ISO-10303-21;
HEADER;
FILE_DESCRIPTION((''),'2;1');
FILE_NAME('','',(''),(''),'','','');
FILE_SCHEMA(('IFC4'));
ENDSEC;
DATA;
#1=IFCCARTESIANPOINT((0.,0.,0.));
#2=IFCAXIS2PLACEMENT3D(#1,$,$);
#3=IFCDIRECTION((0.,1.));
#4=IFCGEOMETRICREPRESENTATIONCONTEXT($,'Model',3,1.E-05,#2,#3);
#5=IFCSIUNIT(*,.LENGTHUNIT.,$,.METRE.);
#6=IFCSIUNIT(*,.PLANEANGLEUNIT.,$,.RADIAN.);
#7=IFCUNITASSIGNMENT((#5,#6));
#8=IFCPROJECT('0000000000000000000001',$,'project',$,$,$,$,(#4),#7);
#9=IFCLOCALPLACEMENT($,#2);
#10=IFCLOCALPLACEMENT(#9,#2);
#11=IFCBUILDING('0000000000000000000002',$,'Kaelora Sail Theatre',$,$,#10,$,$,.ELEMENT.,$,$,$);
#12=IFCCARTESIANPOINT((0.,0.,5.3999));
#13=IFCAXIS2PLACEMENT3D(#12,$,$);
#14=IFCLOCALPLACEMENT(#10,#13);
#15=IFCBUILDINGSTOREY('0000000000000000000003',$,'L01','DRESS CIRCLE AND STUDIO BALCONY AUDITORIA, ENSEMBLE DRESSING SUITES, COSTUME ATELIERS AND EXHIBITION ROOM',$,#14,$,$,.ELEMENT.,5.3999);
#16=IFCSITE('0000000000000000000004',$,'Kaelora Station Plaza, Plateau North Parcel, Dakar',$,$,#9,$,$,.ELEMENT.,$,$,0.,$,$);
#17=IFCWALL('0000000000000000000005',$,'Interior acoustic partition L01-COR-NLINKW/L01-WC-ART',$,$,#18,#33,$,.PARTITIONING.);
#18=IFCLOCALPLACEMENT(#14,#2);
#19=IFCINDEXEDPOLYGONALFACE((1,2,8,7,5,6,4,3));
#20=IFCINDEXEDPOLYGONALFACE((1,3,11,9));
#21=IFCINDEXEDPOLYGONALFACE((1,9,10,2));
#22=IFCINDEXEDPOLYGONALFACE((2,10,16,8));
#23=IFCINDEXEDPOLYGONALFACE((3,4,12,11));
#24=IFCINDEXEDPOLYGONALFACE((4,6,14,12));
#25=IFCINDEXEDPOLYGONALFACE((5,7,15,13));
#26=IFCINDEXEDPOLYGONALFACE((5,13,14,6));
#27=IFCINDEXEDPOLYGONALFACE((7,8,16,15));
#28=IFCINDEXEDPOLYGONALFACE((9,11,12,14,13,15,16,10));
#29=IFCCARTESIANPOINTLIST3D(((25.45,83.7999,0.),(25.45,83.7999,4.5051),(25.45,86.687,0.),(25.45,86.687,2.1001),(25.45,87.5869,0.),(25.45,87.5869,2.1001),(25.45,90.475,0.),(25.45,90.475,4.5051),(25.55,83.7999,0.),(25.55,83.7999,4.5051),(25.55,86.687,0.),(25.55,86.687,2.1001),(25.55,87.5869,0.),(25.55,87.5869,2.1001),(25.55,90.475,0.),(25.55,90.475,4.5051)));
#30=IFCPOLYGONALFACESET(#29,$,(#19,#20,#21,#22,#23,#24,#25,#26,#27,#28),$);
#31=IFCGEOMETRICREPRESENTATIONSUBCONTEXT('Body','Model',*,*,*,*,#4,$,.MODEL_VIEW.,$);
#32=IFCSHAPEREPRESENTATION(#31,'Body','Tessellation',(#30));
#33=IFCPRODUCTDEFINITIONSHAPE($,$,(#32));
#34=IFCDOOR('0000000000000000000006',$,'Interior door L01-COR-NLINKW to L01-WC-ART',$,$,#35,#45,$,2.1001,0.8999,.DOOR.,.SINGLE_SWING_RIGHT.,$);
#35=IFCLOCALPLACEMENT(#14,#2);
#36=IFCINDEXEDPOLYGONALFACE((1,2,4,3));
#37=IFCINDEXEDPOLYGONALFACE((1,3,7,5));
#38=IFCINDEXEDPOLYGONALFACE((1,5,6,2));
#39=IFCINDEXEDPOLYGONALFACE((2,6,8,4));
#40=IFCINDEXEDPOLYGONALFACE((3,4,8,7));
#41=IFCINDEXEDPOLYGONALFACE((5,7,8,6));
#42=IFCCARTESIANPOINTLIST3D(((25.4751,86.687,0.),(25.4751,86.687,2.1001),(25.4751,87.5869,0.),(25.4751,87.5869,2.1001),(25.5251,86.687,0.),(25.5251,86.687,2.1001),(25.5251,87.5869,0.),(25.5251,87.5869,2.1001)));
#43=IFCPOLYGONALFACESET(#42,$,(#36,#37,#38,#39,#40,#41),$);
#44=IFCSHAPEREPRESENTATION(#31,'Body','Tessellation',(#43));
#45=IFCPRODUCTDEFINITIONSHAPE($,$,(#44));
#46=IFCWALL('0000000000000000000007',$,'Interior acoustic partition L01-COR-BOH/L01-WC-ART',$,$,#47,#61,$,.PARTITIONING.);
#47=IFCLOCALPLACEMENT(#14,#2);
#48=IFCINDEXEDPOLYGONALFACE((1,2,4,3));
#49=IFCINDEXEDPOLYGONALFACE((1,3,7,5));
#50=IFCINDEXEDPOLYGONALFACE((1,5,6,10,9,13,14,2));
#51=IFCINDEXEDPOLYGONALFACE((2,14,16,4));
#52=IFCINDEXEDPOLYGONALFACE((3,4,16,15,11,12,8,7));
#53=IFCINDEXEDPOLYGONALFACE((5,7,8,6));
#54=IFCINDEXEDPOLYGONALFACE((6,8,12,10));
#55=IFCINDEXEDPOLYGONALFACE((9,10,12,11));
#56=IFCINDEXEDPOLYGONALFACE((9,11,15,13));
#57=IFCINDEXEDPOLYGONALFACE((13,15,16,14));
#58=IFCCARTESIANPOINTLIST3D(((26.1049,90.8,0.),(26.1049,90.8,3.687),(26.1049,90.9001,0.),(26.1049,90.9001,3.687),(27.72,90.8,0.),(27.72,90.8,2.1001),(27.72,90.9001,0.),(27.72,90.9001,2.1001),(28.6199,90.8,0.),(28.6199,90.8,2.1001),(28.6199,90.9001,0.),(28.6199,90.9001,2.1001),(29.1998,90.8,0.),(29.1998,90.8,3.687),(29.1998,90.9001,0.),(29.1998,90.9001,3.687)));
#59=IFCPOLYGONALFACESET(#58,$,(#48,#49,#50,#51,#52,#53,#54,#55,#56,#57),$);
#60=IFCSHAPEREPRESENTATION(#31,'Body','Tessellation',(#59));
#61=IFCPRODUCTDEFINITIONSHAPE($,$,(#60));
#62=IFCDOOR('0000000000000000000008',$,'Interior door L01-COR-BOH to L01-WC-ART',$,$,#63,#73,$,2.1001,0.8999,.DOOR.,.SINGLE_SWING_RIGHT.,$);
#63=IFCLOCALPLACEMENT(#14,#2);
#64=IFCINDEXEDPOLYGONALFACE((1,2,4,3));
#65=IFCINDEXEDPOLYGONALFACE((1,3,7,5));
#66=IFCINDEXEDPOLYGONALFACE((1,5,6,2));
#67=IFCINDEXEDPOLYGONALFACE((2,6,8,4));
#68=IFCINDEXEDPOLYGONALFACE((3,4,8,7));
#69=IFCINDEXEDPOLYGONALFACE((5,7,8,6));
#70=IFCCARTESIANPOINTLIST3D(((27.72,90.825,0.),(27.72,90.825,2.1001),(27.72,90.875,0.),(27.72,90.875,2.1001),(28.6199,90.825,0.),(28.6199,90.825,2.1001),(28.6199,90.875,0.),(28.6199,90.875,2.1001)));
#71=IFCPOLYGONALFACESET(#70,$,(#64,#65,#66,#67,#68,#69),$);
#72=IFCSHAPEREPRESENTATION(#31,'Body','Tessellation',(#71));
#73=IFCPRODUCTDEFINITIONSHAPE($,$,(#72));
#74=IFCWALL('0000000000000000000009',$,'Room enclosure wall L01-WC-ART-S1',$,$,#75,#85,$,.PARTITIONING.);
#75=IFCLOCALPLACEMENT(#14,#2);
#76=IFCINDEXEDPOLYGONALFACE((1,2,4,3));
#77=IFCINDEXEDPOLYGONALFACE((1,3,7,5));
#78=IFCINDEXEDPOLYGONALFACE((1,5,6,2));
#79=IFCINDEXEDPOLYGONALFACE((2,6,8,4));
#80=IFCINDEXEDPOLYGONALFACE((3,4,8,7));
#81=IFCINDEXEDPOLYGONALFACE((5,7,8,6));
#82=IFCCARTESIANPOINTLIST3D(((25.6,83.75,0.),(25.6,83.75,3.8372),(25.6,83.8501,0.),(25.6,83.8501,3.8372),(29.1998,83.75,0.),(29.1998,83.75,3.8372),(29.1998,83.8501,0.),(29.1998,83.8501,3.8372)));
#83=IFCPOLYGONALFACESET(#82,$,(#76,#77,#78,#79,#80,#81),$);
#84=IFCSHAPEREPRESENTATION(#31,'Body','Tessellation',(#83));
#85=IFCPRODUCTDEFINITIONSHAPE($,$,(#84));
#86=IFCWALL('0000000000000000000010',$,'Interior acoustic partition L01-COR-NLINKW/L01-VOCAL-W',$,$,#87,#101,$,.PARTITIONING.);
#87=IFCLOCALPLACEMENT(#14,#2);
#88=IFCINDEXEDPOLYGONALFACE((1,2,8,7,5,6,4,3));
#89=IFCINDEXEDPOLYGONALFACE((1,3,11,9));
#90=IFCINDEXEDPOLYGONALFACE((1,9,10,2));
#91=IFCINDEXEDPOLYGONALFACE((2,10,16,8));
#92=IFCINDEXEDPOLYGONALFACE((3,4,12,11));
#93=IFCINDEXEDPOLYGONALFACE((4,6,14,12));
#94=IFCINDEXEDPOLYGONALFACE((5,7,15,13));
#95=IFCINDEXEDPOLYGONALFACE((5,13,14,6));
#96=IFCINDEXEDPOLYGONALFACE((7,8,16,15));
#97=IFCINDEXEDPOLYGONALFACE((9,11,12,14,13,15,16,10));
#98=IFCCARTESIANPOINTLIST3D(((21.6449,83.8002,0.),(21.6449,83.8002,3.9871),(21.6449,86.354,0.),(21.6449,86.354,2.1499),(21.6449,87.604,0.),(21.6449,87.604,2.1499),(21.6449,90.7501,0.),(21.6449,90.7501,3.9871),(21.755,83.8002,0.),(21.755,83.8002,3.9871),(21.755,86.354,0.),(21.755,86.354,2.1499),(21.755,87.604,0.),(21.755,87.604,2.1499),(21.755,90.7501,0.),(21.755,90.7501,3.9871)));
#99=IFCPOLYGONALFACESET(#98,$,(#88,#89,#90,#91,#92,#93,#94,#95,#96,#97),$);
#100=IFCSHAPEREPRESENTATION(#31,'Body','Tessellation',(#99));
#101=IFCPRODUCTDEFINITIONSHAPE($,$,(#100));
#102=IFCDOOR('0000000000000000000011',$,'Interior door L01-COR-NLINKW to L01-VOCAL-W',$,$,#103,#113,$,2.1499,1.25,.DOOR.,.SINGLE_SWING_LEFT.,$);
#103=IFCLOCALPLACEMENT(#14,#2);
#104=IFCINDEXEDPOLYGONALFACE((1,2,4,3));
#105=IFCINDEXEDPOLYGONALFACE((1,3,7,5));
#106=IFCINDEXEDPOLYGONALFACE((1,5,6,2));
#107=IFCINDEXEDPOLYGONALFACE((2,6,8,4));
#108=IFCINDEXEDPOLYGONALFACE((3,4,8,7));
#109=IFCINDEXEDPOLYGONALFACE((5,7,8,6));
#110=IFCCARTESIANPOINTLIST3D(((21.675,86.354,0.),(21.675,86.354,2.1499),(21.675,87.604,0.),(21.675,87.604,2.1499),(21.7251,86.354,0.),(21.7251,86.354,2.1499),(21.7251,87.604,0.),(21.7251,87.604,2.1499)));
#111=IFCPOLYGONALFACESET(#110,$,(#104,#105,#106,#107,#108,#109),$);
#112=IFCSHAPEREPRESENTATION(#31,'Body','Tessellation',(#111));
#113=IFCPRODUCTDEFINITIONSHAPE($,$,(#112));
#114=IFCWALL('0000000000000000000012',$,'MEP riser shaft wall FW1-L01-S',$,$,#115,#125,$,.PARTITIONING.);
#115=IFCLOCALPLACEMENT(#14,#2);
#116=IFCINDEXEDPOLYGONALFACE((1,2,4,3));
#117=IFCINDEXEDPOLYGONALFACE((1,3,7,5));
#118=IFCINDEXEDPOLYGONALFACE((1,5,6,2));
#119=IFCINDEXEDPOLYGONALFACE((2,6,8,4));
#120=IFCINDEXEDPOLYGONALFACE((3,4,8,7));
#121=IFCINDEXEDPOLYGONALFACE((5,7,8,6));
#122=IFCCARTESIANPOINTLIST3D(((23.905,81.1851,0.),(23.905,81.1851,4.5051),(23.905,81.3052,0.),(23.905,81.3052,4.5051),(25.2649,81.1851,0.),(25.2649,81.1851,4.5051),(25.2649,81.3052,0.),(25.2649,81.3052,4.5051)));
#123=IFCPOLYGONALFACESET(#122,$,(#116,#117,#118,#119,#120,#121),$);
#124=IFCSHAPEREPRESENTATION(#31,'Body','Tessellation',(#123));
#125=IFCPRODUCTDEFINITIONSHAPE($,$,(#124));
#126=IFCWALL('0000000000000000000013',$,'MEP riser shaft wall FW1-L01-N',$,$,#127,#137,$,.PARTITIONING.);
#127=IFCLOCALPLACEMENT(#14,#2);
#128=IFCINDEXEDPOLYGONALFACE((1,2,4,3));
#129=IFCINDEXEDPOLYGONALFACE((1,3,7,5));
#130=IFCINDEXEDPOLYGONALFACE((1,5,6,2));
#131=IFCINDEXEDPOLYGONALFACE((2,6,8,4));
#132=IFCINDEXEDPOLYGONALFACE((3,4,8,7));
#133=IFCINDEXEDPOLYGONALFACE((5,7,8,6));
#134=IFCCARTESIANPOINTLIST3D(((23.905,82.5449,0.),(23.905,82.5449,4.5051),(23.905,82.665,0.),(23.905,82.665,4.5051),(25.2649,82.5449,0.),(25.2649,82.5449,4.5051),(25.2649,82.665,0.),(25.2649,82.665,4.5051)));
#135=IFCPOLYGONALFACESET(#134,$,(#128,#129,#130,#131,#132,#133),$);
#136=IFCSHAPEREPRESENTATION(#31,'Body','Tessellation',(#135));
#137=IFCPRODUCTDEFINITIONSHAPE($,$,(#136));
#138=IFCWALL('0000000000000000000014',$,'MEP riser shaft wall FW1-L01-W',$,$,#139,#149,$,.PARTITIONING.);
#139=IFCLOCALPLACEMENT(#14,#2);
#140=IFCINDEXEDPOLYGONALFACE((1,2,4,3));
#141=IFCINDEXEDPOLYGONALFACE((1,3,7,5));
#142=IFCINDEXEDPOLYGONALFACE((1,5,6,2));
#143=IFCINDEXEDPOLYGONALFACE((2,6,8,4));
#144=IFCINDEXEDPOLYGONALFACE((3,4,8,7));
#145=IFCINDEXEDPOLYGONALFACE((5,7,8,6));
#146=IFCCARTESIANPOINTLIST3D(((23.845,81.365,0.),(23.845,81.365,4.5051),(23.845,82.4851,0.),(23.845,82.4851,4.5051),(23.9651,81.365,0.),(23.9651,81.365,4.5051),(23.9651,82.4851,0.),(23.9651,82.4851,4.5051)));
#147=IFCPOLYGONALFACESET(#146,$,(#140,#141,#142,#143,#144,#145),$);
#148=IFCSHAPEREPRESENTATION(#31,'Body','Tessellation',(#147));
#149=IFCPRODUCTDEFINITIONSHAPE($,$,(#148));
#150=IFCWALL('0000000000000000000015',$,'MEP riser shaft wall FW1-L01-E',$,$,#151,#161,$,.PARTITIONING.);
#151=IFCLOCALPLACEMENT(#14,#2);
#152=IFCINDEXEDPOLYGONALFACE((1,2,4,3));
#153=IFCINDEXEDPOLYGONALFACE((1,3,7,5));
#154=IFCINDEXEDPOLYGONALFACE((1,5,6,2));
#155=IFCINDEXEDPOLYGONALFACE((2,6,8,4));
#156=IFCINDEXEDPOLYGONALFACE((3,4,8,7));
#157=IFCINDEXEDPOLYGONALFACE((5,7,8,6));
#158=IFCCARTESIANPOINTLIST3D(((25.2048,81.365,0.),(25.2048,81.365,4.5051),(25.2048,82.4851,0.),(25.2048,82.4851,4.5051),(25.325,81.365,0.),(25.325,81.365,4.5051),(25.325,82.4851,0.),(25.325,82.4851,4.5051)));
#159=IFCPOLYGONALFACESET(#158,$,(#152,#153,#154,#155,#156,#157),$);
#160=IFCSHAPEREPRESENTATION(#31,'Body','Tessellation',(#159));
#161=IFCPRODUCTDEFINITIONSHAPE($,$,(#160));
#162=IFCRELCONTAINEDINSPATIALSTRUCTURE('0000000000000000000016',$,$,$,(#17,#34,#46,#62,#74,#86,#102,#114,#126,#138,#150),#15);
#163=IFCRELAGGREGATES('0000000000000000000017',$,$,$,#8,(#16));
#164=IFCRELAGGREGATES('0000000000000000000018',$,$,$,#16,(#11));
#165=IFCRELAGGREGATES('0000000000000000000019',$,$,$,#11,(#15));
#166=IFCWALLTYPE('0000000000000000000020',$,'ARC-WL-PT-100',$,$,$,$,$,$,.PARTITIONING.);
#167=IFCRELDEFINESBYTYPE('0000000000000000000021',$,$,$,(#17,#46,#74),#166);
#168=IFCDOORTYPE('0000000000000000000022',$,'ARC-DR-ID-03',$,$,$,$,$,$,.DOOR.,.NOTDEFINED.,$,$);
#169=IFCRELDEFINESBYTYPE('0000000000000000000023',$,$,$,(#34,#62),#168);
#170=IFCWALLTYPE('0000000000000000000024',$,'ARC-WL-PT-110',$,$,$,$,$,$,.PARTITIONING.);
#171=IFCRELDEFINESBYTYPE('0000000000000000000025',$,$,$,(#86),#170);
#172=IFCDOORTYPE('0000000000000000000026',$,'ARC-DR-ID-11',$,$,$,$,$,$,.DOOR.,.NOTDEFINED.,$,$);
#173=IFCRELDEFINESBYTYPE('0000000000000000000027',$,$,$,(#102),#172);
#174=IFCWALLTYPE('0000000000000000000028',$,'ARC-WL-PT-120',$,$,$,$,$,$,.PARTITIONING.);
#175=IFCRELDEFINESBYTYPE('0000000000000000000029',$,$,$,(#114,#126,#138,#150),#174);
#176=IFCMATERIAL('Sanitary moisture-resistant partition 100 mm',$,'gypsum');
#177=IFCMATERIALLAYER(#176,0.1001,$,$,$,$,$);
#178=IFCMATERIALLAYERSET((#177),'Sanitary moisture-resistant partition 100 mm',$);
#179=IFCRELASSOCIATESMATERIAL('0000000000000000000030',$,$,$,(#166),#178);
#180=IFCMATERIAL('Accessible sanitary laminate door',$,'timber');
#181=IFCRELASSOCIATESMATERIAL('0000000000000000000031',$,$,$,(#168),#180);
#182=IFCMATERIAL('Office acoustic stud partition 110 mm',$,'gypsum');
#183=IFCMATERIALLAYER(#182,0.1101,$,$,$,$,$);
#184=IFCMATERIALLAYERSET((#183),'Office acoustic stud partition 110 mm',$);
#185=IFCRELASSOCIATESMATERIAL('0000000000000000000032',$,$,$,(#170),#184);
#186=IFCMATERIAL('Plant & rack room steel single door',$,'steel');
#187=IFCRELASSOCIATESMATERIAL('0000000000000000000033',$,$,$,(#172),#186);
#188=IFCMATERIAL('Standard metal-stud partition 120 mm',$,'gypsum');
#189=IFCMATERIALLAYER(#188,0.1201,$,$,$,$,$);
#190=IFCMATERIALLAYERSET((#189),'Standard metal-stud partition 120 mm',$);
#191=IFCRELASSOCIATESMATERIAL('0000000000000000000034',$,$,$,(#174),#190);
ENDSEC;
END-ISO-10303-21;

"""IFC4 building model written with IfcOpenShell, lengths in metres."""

from ifc_helpers import new_model, si_unit, direction, frame, frame_2d, origin, place, context, subcontext, project, spatial, rectangle, extrude, material, layer, layer_set, type_object, element, fill, save


model = new_model("IFC4")

# Units and contexts
model_context = context("Model", 3, precision=1e-05, world=origin(), true_north=direction((0.0, 1.0)))
body_context = subcontext(model_context, "Body", "Model", "MODEL_VIEW")
ifc_project = project(units=[si_unit("LENGTHUNIT", "METRE"), si_unit("PLANEANGLEUNIT", "RADIAN")], contexts=[model_context])

# Site, building, storey
site_placement = place(None, origin())
site = spatial("IfcSite", under=ifc_project, at=site_placement, Name="Kaelora Station Plaza, Plateau North Parcel, Dakar", CompositionType="ELEMENT", RefElevation=0.0)
building_placement = place(site_placement, origin())
building = spatial("IfcBuilding", under=site, at=building_placement, Name="Kaelora Sail Theatre", CompositionType="ELEMENT")
storey_placement = place(building_placement, frame((0.0, 0.0, 5.3999)))
storey = spatial("IfcBuildingStorey", under=building, at=storey_placement, Name="L01", Description="DRESS CIRCLE AND STUDIO BALCONY AUDITORIA, ENSEMBLE DRESSING SUITES, COSTUME ATELIERS AND EXHIBITION ROOM", CompositionType="ELEMENT", Elevation=5.3999)

# Walls, openings, doors
ifc_material_1 = material(Name="Sanitary moisture-resistant partition 100 mm", Category="gypsum")
ifc_layer_1 = layer(ifc_material_1, 0.1001)
ifc_layer_set_1 = layer_set([ifc_layer_1], Name="Sanitary moisture-resistant partition 100 mm")
wall_type_1 = type_object("IfcWallType", Name="ARC-WL-PT-100", PredefinedType="PARTITIONING", material=ifc_layer_set_1)
wall_1_placement = place(storey_placement, frame((25.5, 83.8, 0.0), z_axis=(0.0, 0.0, 1.0), x_axis=(0.0, 1.0, 0.0)))
wall_1 = element("IfcWall", 1, at=wall_1_placement, inside=storey, type_object=wall_type_1, Name="Interior acoustic partition L01-COR-NLINKW/L01-WC-ART", PredefinedType="PARTITIONING", context=body_context, shape_type="SweptSolid", body=[
    extrude(rectangle(XDim=6.675, YDim=0.1001, at=frame_2d((3.3374, 0.0))), origin(), (0.0, 0.0, 1.0), 4.5051),
])
opening_1_placement = place(wall_1_placement, frame((2.887, 0.0, 0.0)))
opening_1 = element("IfcOpeningElement", 2, at=opening_1_placement, cuts=wall_1, PredefinedType="OPENING", context=body_context, shape_type="SweptSolid", body=[
    extrude(rectangle(XDim=0.8999, YDim=2.1001, at=frame_2d((0.45, 1.05))), frame((0.0, 0.06, 0.0), z_axis=(0.0, -1.0, 0.0), x_axis=(1.0, 0.0, 0.0)), (0.0, 0.0, 1.0), 0.1201),
])
ifc_material_2 = material(Name="Accessible sanitary laminate door", Category="timber")
door_type_1 = type_object("IfcDoorType", Name="ARC-DR-ID-03", OperationType="NOTDEFINED", PredefinedType="DOOR", material=ifc_material_2)
door_1_placement = place(opening_1_placement, origin())
door_1 = element("IfcDoor", 3, at=door_1_placement, inside=storey, type_object=door_type_1, Name="Interior door L01-COR-NLINKW to L01-WC-ART", OperationType="SINGLE_SWING_RIGHT", OverallHeight=2.1001, OverallWidth=0.8999, PredefinedType="DOOR", context=body_context, shape_type="SweptSolid", body=[
    extrude(rectangle(XDim=0.8999, YDim=2.1001, at=frame_2d((0.45, 1.05))), frame((0.0, 0.0249, 0.0), z_axis=(0.0, -1.0, 0.0), x_axis=(1.0, 0.0, 0.0)), (0.0, 0.0, 1.0), 0.05),
])
fill(opening_1, door_1)
wall_2_placement = place(storey_placement, frame((26.105, 90.8501, 0.0), z_axis=(0.0, 0.0, 1.0), x_axis=(1.0, 0.0, 0.0)))
wall_2 = element("IfcWall", 4, at=wall_2_placement, inside=storey, type_object=wall_type_1, Name="Interior acoustic partition L01-COR-BOH/L01-WC-ART", PredefinedType="PARTITIONING", context=body_context, shape_type="SweptSolid", body=[
    extrude(rectangle(XDim=3.095, YDim=0.1001, at=frame_2d((1.5474, 0.0))), origin(), (0.0, 0.0, 1.0), 3.687),
])
opening_2_placement = place(wall_2_placement, frame((1.615, 0.0, 0.0)))
opening_2 = element("IfcOpeningElement", 5, at=opening_2_placement, cuts=wall_2, PredefinedType="OPENING", context=body_context, shape_type="SweptSolid", body=[
    extrude(rectangle(XDim=0.8999, YDim=2.1001, at=frame_2d((0.45, 1.05))), frame((0.0, 0.06, 0.0), z_axis=(0.0, -1.0, 0.0), x_axis=(1.0, 0.0, 0.0)), (0.0, 0.0, 1.0), 0.1201),
])
door_2_placement = place(opening_2_placement, origin())
door_2 = element("IfcDoor", 6, at=door_2_placement, inside=storey, type_object=door_type_1, Name="Interior door L01-COR-BOH to L01-WC-ART", OperationType="SINGLE_SWING_RIGHT", OverallHeight=2.1001, OverallWidth=0.8999, PredefinedType="DOOR", context=body_context, shape_type="SweptSolid", body=[
    extrude(rectangle(XDim=0.8999, YDim=2.1001, at=frame_2d((0.45, 1.05))), frame((0.0, 0.0249, 0.0), z_axis=(0.0, -1.0, 0.0), x_axis=(1.0, 0.0, 0.0)), (0.0, 0.0, 1.0), 0.05),
])
fill(opening_2, door_2)

# Wall
wall_3_placement = place(storey_placement, frame((25.6001, 83.8, 0.0), z_axis=(0.0, 0.0, 1.0), x_axis=(1.0, 0.0, 0.0)))
element("IfcWall", 7, at=wall_3_placement, inside=storey, type_object=wall_type_1, Name="Room enclosure wall L01-WC-ART-S1", PredefinedType="PARTITIONING", context=body_context, shape_type="SweptSolid", body=[
    extrude(rectangle(XDim=3.5999, YDim=0.1001, at=frame_2d((1.7998, 0.0))), origin(), (0.0, 0.0, 1.0), 3.8372),
])

# Wall, opening, door
ifc_material_3 = material(Name="Office acoustic stud partition 110 mm", Category="gypsum")
ifc_layer_2 = layer(ifc_material_3, 0.1101)
ifc_layer_set_2 = layer_set([ifc_layer_2], Name="Office acoustic stud partition 110 mm")
wall_type_2 = type_object("IfcWallType", Name="ARC-WL-PT-110", PredefinedType="PARTITIONING", material=ifc_layer_set_2)
wall_4_placement = place(storey_placement, frame((21.7, 83.8, 0.0), z_axis=(0.0, 0.0, 1.0), x_axis=(0.0, 1.0, 0.0)))
wall_4 = element("IfcWall", 8, at=wall_4_placement, inside=storey, type_object=wall_type_2, Name="Interior acoustic partition L01-COR-NLINKW/L01-VOCAL-W", PredefinedType="PARTITIONING", context=body_context, shape_type="SweptSolid", body=[
    extrude(rectangle(XDim=6.95, YDim=0.1101, at=frame_2d((3.4751, 0.0))), origin(), (0.0, 0.0, 1.0), 3.9871),
])
opening_3_placement = place(wall_4_placement, frame((2.554, 0.0, 0.0)))
opening_3 = element("IfcOpeningElement", 9, at=opening_3_placement, cuts=wall_4, PredefinedType="OPENING", context=body_context, shape_type="SweptSolid", body=[
    extrude(rectangle(XDim=1.25, YDim=2.1499, at=frame_2d((0.625, 1.075))), frame((0.0, 0.0652, 0.0), z_axis=(0.0, -1.0, 0.0), x_axis=(1.0, 0.0, 0.0)), (0.0, 0.0, 1.0), 0.1301),
])
ifc_material_4 = material(Name="Plant & rack room steel single door", Category="steel")
door_type_2 = type_object("IfcDoorType", Name="ARC-DR-ID-11", OperationType="NOTDEFINED", PredefinedType="DOOR", material=ifc_material_4)
door_3_placement = place(opening_3_placement, origin())
door_3 = element("IfcDoor", 10, at=door_3_placement, inside=storey, type_object=door_type_2, Name="Interior door L01-COR-NLINKW to L01-VOCAL-W", OperationType="SINGLE_SWING_LEFT", OverallHeight=2.1499, OverallWidth=1.25, PredefinedType="DOOR", context=body_context, shape_type="SweptSolid", body=[
    extrude(rectangle(XDim=1.25, YDim=2.1499, at=frame_2d((0.625, 1.075))), frame((0.0, 0.0249, 0.0), z_axis=(0.0, -1.0, 0.0), x_axis=(1.0, 0.0, 0.0)), (0.0, 0.0, 1.0), 0.05),
])
fill(opening_3, door_3)

# Walls
ifc_material_5 = material(Name="Standard metal-stud partition 120 mm", Category="gypsum")
ifc_layer_3 = layer(ifc_material_5, 0.1201)
ifc_layer_set_3 = layer_set([ifc_layer_3], Name="Standard metal-stud partition 120 mm")
wall_type_3 = type_object("IfcWallType", Name="ARC-WL-PT-120", PredefinedType="PARTITIONING", material=ifc_layer_set_3)
for number, where, z_axis, x_axis, name in (
    (11, (23.905, 81.2451, 0.0), (0.0, 0.0, 1.0), (1.0, 0.0, 0.0), "MEP riser shaft wall FW1-L01-S"),
    (12, (23.905, 82.605, 0.0), (0.0, 0.0, 1.0), (1.0, 0.0, 0.0), "MEP riser shaft wall FW1-L01-N"),
):
    element("IfcWall", number, at=place(storey_placement, frame(where, z_axis=z_axis, x_axis=x_axis)), inside=storey, type_object=wall_type_3, Name=name, PredefinedType="PARTITIONING", context=body_context, shape_type="SweptSolid", body=[
        extrude(rectangle(XDim=1.3599, YDim=0.1201, at=frame_2d((0.6799, 0.0))), origin(), (0.0, 0.0, 1.0), 4.5051),
    ])
for number, where, z_axis, x_axis, name in (
    (13, (23.905, 81.365, 0.0), (0.0, 0.0, 1.0), (0.0, 1.0, 0.0), "MEP riser shaft wall FW1-L01-W"),
    (14, (25.2649, 81.365, 0.0), (0.0, 0.0, 1.0), (0.0, 1.0, 0.0), "MEP riser shaft wall FW1-L01-E"),
):
    element("IfcWall", number, at=place(storey_placement, frame(where, z_axis=z_axis, x_axis=x_axis)), inside=storey, type_object=wall_type_3, Name=name, PredefinedType="PARTITIONING", context=body_context, shape_type="SweptSolid", body=[
        extrude(rectangle(XDim=1.1201, YDim=0.1201, at=frame_2d((0.5601, 0.0))), origin(), (0.0, 0.0, 1.0), 4.5051),
    ])

save(model, "model.ifc")
